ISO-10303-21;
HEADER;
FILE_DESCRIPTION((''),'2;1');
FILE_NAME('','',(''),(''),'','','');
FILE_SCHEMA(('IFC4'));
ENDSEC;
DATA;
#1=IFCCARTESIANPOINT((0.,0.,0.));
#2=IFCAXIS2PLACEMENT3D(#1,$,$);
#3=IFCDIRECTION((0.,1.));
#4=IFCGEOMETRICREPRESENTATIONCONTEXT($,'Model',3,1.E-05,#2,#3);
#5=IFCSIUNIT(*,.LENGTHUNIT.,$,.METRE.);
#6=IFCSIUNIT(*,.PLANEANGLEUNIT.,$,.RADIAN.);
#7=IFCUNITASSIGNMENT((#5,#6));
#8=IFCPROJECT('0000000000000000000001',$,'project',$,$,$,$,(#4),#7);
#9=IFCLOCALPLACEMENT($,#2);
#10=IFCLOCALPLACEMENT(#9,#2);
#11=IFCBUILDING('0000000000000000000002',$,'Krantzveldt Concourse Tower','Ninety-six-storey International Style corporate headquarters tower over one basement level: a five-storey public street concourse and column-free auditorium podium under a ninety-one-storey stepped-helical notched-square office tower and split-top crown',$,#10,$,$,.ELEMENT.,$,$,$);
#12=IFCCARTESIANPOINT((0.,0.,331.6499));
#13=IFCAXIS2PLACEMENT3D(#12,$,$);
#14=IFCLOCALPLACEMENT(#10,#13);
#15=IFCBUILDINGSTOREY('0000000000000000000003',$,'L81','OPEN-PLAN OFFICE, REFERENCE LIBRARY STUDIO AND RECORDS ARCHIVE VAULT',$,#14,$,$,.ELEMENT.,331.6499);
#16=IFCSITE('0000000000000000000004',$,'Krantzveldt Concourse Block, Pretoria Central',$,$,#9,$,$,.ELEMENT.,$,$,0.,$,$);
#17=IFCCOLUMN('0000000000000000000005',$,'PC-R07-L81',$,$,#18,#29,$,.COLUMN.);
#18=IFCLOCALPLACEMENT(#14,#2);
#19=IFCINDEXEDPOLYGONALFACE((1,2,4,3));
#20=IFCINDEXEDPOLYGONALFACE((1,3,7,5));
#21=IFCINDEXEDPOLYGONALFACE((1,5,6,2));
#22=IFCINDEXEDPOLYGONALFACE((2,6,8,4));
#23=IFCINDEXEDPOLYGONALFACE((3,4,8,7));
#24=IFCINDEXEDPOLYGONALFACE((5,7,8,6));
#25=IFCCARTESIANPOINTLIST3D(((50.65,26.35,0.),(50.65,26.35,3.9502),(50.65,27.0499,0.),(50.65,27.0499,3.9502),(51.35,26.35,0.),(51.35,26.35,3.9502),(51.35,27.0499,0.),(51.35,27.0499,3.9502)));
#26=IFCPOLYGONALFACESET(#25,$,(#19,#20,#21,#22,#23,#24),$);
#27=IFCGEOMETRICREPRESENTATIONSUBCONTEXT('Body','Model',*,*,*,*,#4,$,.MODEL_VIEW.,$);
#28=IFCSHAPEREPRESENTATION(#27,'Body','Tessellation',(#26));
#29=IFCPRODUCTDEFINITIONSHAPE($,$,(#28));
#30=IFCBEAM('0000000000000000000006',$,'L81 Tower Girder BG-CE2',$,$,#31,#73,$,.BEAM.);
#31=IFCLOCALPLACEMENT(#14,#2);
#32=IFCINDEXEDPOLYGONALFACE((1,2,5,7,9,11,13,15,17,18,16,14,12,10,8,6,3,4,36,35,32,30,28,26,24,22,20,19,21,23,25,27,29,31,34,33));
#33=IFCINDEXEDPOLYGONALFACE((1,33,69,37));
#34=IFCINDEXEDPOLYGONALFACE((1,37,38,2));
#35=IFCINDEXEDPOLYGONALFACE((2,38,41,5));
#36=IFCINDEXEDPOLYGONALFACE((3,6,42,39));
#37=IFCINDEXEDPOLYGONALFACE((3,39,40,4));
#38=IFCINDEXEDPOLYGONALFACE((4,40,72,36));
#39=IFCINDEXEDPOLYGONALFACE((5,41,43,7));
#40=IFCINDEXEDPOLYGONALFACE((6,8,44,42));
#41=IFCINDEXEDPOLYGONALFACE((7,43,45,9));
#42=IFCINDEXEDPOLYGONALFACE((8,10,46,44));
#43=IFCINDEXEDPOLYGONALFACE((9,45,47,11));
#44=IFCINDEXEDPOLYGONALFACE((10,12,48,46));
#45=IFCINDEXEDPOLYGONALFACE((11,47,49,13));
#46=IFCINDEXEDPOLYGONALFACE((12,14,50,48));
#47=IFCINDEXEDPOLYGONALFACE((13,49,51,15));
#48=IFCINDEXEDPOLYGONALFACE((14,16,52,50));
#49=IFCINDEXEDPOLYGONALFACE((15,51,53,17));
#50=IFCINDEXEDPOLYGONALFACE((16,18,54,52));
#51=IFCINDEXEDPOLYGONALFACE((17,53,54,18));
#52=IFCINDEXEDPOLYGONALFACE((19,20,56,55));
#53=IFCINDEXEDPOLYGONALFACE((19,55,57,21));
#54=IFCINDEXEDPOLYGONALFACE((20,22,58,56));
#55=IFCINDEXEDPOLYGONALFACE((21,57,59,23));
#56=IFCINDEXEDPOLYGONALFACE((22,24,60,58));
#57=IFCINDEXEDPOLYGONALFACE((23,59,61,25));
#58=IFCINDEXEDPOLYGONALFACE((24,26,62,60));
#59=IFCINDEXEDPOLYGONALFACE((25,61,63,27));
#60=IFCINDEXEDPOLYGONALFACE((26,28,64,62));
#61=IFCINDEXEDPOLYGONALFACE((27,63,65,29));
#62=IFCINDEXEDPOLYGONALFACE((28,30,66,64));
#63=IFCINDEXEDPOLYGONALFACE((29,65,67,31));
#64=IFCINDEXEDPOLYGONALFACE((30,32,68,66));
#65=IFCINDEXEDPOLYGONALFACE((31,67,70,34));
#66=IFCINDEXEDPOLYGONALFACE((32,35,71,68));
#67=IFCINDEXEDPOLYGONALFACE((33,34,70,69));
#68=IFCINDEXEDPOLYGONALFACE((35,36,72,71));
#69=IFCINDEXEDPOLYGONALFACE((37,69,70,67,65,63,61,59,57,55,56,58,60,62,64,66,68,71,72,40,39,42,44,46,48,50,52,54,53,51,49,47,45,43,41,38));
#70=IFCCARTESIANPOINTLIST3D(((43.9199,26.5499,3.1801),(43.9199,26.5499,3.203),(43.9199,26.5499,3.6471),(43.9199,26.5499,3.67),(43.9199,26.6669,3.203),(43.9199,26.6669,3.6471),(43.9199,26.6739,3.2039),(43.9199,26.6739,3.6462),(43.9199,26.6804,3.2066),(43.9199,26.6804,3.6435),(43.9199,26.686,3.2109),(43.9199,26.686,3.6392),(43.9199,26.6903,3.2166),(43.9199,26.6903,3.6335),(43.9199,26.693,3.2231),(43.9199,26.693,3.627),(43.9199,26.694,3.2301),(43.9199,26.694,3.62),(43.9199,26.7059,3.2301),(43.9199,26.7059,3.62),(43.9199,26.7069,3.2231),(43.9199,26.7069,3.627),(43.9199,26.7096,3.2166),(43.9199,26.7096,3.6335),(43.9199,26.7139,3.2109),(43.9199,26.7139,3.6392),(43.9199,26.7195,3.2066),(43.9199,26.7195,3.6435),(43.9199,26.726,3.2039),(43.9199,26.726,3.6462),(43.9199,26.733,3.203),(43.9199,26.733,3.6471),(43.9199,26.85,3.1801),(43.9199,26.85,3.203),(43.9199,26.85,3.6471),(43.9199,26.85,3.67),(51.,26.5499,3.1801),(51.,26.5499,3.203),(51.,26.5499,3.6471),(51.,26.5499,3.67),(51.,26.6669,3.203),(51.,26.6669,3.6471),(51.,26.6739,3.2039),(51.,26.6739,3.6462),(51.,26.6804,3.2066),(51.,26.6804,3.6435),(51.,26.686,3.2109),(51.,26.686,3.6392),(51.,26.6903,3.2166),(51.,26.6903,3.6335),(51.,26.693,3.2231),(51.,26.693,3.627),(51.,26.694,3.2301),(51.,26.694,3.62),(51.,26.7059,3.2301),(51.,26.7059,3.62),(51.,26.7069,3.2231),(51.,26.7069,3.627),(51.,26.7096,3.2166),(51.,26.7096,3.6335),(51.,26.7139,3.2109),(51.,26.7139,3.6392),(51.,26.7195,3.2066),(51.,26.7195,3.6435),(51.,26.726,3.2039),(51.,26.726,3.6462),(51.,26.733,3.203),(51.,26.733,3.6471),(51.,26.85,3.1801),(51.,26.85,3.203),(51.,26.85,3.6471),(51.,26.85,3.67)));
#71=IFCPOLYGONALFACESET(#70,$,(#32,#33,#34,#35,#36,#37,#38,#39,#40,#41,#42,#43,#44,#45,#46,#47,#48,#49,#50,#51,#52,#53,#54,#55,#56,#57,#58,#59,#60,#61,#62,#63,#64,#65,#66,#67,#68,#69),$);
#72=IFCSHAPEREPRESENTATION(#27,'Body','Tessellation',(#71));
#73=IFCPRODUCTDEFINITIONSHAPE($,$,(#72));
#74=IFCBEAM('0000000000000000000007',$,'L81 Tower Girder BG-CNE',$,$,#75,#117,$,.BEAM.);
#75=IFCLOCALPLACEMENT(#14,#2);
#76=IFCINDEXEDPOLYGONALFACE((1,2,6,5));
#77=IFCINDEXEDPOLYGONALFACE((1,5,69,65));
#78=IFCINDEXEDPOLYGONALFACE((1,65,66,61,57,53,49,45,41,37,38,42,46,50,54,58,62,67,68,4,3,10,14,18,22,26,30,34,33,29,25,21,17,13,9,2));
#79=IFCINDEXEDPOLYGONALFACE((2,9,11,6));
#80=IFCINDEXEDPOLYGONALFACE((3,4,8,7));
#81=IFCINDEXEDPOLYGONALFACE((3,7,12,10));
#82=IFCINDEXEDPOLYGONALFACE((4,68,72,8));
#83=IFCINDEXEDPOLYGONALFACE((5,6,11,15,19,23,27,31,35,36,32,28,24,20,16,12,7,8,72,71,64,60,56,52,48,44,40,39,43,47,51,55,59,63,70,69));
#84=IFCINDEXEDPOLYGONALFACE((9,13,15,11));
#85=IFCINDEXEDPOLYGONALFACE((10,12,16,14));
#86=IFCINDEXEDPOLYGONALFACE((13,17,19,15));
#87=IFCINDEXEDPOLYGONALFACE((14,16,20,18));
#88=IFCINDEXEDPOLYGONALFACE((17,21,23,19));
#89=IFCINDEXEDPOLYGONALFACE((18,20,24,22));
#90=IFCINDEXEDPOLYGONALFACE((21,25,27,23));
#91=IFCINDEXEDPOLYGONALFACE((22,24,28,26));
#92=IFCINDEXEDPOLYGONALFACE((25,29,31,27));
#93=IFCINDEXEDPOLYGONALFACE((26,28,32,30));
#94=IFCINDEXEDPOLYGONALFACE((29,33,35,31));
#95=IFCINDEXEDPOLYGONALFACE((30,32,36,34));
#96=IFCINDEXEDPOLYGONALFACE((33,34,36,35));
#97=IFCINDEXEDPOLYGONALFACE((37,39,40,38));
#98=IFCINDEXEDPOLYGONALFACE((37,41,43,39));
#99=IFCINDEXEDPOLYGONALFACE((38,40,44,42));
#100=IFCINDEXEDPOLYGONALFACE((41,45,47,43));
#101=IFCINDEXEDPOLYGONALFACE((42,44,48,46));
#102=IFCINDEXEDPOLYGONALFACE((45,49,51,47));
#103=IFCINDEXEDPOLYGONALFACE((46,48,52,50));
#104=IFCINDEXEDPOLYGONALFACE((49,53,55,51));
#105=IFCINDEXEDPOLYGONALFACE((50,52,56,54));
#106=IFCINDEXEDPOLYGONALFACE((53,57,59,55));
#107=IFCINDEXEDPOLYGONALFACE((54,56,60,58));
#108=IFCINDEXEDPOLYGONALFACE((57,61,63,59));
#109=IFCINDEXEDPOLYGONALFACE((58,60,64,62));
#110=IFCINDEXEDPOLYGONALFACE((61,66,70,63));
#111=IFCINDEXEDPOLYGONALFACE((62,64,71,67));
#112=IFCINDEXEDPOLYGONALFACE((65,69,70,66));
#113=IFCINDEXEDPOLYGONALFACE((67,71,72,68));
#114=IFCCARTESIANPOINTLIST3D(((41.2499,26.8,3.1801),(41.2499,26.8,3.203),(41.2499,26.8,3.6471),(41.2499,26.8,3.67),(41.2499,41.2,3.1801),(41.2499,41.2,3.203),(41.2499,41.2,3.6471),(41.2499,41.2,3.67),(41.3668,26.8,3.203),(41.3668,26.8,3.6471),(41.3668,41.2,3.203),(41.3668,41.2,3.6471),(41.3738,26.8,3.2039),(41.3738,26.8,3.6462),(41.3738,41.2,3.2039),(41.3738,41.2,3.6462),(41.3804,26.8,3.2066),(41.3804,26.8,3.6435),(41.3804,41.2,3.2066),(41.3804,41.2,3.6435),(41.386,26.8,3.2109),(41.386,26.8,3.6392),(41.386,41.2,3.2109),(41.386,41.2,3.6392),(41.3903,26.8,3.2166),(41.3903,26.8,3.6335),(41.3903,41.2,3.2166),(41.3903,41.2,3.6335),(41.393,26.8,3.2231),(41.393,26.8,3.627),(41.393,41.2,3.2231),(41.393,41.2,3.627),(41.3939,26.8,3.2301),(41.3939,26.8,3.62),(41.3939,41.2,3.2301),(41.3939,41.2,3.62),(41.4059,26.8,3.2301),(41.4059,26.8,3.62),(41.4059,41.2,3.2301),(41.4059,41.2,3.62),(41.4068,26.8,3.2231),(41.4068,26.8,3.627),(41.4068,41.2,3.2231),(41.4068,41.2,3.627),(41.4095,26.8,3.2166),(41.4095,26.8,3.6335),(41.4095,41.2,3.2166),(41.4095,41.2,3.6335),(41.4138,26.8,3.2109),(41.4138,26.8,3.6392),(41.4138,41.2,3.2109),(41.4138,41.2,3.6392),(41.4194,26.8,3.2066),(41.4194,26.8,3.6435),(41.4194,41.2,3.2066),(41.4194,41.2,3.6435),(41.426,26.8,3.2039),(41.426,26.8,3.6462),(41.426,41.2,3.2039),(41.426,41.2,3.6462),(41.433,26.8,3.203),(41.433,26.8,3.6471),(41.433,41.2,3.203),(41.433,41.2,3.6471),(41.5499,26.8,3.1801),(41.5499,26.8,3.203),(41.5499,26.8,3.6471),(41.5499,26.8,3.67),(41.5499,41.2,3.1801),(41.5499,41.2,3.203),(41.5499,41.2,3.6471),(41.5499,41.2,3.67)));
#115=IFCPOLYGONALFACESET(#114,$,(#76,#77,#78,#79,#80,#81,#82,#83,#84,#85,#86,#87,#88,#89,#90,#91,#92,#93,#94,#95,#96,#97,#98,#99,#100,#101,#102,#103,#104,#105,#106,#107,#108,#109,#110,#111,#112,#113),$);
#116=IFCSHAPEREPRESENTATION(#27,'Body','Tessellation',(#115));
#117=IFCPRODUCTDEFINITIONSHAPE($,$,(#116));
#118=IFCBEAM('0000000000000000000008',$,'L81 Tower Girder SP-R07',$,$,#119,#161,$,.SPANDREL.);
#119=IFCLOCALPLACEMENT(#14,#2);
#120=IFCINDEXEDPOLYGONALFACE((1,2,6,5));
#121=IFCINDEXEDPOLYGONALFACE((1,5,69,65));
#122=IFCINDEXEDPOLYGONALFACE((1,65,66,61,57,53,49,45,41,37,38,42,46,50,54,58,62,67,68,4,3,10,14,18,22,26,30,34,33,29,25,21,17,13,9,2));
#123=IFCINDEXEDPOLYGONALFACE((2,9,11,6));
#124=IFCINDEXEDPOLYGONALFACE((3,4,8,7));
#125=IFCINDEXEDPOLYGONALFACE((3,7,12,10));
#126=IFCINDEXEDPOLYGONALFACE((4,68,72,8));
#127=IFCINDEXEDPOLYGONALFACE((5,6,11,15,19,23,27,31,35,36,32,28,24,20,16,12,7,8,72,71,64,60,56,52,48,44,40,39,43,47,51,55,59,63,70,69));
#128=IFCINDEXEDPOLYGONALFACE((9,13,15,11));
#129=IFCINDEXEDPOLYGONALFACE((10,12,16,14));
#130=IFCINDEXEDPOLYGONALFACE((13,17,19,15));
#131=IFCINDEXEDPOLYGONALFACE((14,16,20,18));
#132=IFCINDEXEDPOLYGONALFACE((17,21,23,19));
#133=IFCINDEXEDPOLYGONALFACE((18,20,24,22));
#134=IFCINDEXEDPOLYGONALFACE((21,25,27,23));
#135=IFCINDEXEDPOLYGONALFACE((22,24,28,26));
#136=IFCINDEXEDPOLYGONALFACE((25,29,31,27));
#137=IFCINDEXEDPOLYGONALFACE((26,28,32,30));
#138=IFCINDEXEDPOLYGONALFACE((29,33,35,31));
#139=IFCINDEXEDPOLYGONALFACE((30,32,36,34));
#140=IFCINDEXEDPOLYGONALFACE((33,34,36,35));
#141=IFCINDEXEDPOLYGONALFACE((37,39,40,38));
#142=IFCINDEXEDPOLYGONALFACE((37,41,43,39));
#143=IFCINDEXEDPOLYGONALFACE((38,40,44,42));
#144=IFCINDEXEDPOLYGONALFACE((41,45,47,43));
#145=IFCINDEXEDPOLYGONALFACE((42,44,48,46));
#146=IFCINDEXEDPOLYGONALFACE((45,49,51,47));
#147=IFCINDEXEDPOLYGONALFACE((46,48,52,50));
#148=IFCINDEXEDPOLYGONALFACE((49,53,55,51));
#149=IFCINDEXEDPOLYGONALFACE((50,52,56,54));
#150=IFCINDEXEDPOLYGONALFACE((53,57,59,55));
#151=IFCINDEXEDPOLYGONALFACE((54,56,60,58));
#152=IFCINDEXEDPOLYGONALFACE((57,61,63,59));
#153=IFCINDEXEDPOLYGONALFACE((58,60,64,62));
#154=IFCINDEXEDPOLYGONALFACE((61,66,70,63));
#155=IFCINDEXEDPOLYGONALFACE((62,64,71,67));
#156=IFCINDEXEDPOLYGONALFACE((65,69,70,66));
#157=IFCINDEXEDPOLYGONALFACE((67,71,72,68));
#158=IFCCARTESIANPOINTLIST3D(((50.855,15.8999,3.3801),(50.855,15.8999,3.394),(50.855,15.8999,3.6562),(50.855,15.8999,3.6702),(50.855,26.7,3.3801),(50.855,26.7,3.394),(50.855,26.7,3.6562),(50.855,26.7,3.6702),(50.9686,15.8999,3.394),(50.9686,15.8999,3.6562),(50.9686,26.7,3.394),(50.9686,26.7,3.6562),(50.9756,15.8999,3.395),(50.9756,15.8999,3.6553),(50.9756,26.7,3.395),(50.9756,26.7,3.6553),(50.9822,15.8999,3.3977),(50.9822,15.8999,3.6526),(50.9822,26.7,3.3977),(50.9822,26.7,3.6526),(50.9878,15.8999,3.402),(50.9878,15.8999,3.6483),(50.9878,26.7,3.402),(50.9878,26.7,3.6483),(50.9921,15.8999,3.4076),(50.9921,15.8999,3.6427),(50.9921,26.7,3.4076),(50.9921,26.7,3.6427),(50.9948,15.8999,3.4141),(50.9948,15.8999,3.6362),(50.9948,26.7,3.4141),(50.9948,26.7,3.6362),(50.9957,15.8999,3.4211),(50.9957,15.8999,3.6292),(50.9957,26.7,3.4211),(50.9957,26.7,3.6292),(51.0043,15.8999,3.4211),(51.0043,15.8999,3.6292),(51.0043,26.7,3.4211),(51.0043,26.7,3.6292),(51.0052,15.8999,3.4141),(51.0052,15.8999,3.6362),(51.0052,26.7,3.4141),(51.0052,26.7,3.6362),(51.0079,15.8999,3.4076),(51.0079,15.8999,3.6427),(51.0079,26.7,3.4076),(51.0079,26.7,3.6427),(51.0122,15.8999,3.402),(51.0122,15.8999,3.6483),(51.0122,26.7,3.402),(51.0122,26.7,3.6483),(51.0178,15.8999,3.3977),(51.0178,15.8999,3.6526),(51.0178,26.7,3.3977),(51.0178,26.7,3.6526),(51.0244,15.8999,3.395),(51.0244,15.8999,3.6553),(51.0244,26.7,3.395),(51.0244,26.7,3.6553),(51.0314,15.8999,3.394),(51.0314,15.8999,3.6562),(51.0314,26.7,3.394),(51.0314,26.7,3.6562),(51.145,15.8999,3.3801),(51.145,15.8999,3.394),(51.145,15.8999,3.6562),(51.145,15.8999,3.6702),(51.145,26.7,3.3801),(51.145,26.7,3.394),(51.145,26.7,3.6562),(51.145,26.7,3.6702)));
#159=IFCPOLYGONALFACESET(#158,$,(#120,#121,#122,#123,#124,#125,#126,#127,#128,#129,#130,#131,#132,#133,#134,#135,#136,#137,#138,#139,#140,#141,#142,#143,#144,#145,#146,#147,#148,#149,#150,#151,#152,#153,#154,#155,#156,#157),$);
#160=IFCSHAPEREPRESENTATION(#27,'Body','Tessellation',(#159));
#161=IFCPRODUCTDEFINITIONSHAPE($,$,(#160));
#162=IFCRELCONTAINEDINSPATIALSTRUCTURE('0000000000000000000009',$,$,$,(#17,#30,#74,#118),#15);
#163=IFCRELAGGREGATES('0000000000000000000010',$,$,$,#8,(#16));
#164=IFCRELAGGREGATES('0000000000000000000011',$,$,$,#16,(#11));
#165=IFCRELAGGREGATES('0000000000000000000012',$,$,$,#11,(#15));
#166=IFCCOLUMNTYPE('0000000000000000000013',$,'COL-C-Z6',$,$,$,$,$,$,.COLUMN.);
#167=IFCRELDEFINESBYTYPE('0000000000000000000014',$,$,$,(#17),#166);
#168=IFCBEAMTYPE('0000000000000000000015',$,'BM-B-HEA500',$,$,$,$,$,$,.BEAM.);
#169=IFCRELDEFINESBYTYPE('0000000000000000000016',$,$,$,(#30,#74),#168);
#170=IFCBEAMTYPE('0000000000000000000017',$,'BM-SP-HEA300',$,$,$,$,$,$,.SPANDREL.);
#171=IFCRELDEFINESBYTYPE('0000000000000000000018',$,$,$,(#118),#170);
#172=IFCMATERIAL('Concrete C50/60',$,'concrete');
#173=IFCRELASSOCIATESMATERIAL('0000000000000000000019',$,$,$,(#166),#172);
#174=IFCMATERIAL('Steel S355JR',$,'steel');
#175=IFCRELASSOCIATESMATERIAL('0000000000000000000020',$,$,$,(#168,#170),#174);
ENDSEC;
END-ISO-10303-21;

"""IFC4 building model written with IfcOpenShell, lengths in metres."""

from ifc_helpers import new_model, si_unit, direction, frame, origin, origin_2d, place, context, subcontext, project, spatial, rectangle, i_section, extrude, source, transform, mapped, material, material_profile, profile_set, type_object, type_shapes, element, save


model = new_model("IFC4")

# Units and contexts
model_context = context("Model", 3, precision=1e-05, world=origin(), true_north=direction((0.0, 1.0)))
body_context = subcontext(model_context, "Body", "Model", "MODEL_VIEW")
ifc_project = project(units=[si_unit("LENGTHUNIT", "METRE"), si_unit("PLANEANGLEUNIT", "RADIAN")], contexts=[model_context])

# Site, building, storey
site_placement = place(None, origin())
site = spatial("IfcSite", under=ifc_project, at=site_placement, Name="Krantzveldt Concourse Block, Pretoria Central", CompositionType="ELEMENT", RefElevation=0.0)
building_placement = place(site_placement, origin())
building = spatial("IfcBuilding", under=site, at=building_placement, Name="Krantzveldt Concourse Tower", Description="Ninety-six-storey International Style corporate headquarters tower over one basement level: a five-storey public street concourse and column-free auditorium podium under a ninety-one-storey stepped-helical notched-square office tower and split-top crown", CompositionType="ELEMENT")
storey_placement = place(building_placement, frame((0.0, 0.0, 331.6499)))
storey = spatial("IfcBuildingStorey", under=building, at=storey_placement, Name="L81", Description="OPEN-PLAN OFFICE, REFERENCE LIBRARY STUDIO AND RECORDS ARCHIVE VAULT", CompositionType="ELEMENT", Elevation=331.6499)

# Column
ifc_material_1 = material(Name="Concrete C50/60", Category="concrete")
ifc_material_profile_1 = material_profile(ifc_material_1, rectangle(XDim=0.7, YDim=0.7, at=origin_2d()), Name="Concrete C50/60", Category="concrete")
ifc_profile_set_1 = profile_set([ifc_material_profile_1], Name="Concrete C50/60 - RC 700x700")
column_type = type_object("IfcColumnType", Name="COL-C-Z6", PredefinedType="COLUMN", material=ifc_profile_set_1)
shared_shape_1 = source(origin(), body_context, "Body", "SweptSolid", [
    extrude(rectangle(XDim=0.7, YDim=0.7, at=origin_2d()), origin(), (0.0, 0.0, 1.0), 3.9502),
])
type_shapes(column_type, [shared_shape_1])
column_placement = place(storey_placement, frame((51.0, 26.7, 0.0), z_axis=(0.0, 0.0, 1.0), x_axis=(1.0, 0.0, 0.0)))
element("IfcColumn", 1, at=column_placement, inside=storey, type_object=column_type, Name="PC-R07-L81", PredefinedType="COLUMN", context=body_context, shape_type="MappedRepresentation", body=[
    mapped(shared_shape_1, transform((0.0, 0.0, 0.0), x_axis=(1.0, 0.0, 0.0), y_axis=(0.0, 1.0, 0.0), z_axis=(0.0, 0.0, 1.0), scale=1.0)),
])

# Beams
ifc_material_2 = material(Name="Steel S355JR", Category="steel")
ifc_material_profile_2 = material_profile(ifc_material_2, i_section(OverallWidth=0.3, OverallDepth=0.49, WebThickness=0.012, FlangeThickness=0.0229, FilletRadius=0.0271, at=origin_2d()), Name="Steel S355JR", Category="steel")
ifc_profile_set_2 = profile_set([ifc_material_profile_2], Name="Steel S355JR - HEA 500")
beam_type_1 = type_object("IfcBeamType", Name="BM-B-HEA500", PredefinedType="BEAM", material=ifc_profile_set_2)
shared_shape_2 = source(origin(), body_context, "Body", "SweptSolid", [
    extrude(i_section(OverallWidth=0.3, OverallDepth=0.49, WebThickness=0.012, FlangeThickness=0.0229, FilletRadius=0.0271, at=origin_2d()), origin(), (0.0, 0.0, 1.0), 7.0801),
])
beam_1_placement = place(storey_placement, frame((43.9199, 26.7, 3.425), z_axis=(1.0, 0.0, 0.0), x_axis=(0.0, 1.0, 0.0)))
element("IfcBeam", 2, at=beam_1_placement, inside=storey, type_object=beam_type_1, Name="L81 Tower Girder BG-CE2", PredefinedType="BEAM", context=body_context, shape_type="MappedRepresentation", body=[
    mapped(shared_shape_2, transform((0.0, 0.0, 0.0), x_axis=(1.0, 0.0, 0.0), y_axis=(0.0, 1.0, 0.0), z_axis=(0.0, 0.0, 1.0), scale=1.0)),
])
shared_shape_3 = source(origin(), body_context, "Body", "SweptSolid", [
    extrude(i_section(OverallWidth=0.3, OverallDepth=0.49, WebThickness=0.012, FlangeThickness=0.0229, FilletRadius=0.0271, at=origin_2d()), origin(), (0.0, 0.0, 1.0), 14.3999),
])
type_shapes(beam_type_1, [shared_shape_2, shared_shape_3])
beam_2_placement = place(storey_placement, frame((41.3999, 26.8, 3.425), z_axis=(0.0, 1.0, 0.0), x_axis=(-1.0, 0.0, 0.0)))
element("IfcBeam", 3, at=beam_2_placement, inside=storey, type_object=beam_type_1, Name="L81 Tower Girder BG-CNE", PredefinedType="BEAM", context=body_context, shape_type="MappedRepresentation", body=[
    mapped(shared_shape_3, transform((0.0, 0.0, 0.0), x_axis=(1.0, 0.0, 0.0), y_axis=(0.0, 1.0, 0.0), z_axis=(0.0, 0.0, 1.0), scale=1.0)),
])
ifc_material_profile_3 = material_profile(ifc_material_2, i_section(OverallWidth=0.29, OverallDepth=0.29, WebThickness=0.0085, FlangeThickness=0.0139, FilletRadius=0.0271, at=origin_2d()), Name="Steel S355JR", Category="steel")
ifc_profile_set_3 = profile_set([ifc_material_profile_3], Name="Steel S355JR - HEA 300")
beam_type_2 = type_object("IfcBeamType", Name="BM-SP-HEA300", PredefinedType="SPANDREL", material=ifc_profile_set_3)
shared_shape_4 = source(origin(), body_context, "Body", "SweptSolid", [
    extrude(i_section(OverallWidth=0.29, OverallDepth=0.29, WebThickness=0.0085, FlangeThickness=0.0139, FilletRadius=0.0271, at=origin_2d()), origin(), (0.0, 0.0, 1.0), 10.8),
])
type_shapes(beam_type_2, [shared_shape_4])
beam_3_placement = place(storey_placement, frame((51.0, 26.7, 3.5251), z_axis=(0.0, -1.0, 0.0), x_axis=(1.0, 0.0, 0.0)))
element("IfcBeam", 4, at=beam_3_placement, inside=storey, type_object=beam_type_2, Name="L81 Tower Girder SP-R07", PredefinedType="SPANDREL", context=body_context, shape_type="MappedRepresentation", body=[
    mapped(shared_shape_4, transform((0.0, 0.0, 0.0), x_axis=(1.0, 0.0, 0.0), y_axis=(0.0, 1.0, 0.0), z_axis=(0.0, 0.0, 1.0), scale=1.0)),
])

save(model, "model.ifc")
